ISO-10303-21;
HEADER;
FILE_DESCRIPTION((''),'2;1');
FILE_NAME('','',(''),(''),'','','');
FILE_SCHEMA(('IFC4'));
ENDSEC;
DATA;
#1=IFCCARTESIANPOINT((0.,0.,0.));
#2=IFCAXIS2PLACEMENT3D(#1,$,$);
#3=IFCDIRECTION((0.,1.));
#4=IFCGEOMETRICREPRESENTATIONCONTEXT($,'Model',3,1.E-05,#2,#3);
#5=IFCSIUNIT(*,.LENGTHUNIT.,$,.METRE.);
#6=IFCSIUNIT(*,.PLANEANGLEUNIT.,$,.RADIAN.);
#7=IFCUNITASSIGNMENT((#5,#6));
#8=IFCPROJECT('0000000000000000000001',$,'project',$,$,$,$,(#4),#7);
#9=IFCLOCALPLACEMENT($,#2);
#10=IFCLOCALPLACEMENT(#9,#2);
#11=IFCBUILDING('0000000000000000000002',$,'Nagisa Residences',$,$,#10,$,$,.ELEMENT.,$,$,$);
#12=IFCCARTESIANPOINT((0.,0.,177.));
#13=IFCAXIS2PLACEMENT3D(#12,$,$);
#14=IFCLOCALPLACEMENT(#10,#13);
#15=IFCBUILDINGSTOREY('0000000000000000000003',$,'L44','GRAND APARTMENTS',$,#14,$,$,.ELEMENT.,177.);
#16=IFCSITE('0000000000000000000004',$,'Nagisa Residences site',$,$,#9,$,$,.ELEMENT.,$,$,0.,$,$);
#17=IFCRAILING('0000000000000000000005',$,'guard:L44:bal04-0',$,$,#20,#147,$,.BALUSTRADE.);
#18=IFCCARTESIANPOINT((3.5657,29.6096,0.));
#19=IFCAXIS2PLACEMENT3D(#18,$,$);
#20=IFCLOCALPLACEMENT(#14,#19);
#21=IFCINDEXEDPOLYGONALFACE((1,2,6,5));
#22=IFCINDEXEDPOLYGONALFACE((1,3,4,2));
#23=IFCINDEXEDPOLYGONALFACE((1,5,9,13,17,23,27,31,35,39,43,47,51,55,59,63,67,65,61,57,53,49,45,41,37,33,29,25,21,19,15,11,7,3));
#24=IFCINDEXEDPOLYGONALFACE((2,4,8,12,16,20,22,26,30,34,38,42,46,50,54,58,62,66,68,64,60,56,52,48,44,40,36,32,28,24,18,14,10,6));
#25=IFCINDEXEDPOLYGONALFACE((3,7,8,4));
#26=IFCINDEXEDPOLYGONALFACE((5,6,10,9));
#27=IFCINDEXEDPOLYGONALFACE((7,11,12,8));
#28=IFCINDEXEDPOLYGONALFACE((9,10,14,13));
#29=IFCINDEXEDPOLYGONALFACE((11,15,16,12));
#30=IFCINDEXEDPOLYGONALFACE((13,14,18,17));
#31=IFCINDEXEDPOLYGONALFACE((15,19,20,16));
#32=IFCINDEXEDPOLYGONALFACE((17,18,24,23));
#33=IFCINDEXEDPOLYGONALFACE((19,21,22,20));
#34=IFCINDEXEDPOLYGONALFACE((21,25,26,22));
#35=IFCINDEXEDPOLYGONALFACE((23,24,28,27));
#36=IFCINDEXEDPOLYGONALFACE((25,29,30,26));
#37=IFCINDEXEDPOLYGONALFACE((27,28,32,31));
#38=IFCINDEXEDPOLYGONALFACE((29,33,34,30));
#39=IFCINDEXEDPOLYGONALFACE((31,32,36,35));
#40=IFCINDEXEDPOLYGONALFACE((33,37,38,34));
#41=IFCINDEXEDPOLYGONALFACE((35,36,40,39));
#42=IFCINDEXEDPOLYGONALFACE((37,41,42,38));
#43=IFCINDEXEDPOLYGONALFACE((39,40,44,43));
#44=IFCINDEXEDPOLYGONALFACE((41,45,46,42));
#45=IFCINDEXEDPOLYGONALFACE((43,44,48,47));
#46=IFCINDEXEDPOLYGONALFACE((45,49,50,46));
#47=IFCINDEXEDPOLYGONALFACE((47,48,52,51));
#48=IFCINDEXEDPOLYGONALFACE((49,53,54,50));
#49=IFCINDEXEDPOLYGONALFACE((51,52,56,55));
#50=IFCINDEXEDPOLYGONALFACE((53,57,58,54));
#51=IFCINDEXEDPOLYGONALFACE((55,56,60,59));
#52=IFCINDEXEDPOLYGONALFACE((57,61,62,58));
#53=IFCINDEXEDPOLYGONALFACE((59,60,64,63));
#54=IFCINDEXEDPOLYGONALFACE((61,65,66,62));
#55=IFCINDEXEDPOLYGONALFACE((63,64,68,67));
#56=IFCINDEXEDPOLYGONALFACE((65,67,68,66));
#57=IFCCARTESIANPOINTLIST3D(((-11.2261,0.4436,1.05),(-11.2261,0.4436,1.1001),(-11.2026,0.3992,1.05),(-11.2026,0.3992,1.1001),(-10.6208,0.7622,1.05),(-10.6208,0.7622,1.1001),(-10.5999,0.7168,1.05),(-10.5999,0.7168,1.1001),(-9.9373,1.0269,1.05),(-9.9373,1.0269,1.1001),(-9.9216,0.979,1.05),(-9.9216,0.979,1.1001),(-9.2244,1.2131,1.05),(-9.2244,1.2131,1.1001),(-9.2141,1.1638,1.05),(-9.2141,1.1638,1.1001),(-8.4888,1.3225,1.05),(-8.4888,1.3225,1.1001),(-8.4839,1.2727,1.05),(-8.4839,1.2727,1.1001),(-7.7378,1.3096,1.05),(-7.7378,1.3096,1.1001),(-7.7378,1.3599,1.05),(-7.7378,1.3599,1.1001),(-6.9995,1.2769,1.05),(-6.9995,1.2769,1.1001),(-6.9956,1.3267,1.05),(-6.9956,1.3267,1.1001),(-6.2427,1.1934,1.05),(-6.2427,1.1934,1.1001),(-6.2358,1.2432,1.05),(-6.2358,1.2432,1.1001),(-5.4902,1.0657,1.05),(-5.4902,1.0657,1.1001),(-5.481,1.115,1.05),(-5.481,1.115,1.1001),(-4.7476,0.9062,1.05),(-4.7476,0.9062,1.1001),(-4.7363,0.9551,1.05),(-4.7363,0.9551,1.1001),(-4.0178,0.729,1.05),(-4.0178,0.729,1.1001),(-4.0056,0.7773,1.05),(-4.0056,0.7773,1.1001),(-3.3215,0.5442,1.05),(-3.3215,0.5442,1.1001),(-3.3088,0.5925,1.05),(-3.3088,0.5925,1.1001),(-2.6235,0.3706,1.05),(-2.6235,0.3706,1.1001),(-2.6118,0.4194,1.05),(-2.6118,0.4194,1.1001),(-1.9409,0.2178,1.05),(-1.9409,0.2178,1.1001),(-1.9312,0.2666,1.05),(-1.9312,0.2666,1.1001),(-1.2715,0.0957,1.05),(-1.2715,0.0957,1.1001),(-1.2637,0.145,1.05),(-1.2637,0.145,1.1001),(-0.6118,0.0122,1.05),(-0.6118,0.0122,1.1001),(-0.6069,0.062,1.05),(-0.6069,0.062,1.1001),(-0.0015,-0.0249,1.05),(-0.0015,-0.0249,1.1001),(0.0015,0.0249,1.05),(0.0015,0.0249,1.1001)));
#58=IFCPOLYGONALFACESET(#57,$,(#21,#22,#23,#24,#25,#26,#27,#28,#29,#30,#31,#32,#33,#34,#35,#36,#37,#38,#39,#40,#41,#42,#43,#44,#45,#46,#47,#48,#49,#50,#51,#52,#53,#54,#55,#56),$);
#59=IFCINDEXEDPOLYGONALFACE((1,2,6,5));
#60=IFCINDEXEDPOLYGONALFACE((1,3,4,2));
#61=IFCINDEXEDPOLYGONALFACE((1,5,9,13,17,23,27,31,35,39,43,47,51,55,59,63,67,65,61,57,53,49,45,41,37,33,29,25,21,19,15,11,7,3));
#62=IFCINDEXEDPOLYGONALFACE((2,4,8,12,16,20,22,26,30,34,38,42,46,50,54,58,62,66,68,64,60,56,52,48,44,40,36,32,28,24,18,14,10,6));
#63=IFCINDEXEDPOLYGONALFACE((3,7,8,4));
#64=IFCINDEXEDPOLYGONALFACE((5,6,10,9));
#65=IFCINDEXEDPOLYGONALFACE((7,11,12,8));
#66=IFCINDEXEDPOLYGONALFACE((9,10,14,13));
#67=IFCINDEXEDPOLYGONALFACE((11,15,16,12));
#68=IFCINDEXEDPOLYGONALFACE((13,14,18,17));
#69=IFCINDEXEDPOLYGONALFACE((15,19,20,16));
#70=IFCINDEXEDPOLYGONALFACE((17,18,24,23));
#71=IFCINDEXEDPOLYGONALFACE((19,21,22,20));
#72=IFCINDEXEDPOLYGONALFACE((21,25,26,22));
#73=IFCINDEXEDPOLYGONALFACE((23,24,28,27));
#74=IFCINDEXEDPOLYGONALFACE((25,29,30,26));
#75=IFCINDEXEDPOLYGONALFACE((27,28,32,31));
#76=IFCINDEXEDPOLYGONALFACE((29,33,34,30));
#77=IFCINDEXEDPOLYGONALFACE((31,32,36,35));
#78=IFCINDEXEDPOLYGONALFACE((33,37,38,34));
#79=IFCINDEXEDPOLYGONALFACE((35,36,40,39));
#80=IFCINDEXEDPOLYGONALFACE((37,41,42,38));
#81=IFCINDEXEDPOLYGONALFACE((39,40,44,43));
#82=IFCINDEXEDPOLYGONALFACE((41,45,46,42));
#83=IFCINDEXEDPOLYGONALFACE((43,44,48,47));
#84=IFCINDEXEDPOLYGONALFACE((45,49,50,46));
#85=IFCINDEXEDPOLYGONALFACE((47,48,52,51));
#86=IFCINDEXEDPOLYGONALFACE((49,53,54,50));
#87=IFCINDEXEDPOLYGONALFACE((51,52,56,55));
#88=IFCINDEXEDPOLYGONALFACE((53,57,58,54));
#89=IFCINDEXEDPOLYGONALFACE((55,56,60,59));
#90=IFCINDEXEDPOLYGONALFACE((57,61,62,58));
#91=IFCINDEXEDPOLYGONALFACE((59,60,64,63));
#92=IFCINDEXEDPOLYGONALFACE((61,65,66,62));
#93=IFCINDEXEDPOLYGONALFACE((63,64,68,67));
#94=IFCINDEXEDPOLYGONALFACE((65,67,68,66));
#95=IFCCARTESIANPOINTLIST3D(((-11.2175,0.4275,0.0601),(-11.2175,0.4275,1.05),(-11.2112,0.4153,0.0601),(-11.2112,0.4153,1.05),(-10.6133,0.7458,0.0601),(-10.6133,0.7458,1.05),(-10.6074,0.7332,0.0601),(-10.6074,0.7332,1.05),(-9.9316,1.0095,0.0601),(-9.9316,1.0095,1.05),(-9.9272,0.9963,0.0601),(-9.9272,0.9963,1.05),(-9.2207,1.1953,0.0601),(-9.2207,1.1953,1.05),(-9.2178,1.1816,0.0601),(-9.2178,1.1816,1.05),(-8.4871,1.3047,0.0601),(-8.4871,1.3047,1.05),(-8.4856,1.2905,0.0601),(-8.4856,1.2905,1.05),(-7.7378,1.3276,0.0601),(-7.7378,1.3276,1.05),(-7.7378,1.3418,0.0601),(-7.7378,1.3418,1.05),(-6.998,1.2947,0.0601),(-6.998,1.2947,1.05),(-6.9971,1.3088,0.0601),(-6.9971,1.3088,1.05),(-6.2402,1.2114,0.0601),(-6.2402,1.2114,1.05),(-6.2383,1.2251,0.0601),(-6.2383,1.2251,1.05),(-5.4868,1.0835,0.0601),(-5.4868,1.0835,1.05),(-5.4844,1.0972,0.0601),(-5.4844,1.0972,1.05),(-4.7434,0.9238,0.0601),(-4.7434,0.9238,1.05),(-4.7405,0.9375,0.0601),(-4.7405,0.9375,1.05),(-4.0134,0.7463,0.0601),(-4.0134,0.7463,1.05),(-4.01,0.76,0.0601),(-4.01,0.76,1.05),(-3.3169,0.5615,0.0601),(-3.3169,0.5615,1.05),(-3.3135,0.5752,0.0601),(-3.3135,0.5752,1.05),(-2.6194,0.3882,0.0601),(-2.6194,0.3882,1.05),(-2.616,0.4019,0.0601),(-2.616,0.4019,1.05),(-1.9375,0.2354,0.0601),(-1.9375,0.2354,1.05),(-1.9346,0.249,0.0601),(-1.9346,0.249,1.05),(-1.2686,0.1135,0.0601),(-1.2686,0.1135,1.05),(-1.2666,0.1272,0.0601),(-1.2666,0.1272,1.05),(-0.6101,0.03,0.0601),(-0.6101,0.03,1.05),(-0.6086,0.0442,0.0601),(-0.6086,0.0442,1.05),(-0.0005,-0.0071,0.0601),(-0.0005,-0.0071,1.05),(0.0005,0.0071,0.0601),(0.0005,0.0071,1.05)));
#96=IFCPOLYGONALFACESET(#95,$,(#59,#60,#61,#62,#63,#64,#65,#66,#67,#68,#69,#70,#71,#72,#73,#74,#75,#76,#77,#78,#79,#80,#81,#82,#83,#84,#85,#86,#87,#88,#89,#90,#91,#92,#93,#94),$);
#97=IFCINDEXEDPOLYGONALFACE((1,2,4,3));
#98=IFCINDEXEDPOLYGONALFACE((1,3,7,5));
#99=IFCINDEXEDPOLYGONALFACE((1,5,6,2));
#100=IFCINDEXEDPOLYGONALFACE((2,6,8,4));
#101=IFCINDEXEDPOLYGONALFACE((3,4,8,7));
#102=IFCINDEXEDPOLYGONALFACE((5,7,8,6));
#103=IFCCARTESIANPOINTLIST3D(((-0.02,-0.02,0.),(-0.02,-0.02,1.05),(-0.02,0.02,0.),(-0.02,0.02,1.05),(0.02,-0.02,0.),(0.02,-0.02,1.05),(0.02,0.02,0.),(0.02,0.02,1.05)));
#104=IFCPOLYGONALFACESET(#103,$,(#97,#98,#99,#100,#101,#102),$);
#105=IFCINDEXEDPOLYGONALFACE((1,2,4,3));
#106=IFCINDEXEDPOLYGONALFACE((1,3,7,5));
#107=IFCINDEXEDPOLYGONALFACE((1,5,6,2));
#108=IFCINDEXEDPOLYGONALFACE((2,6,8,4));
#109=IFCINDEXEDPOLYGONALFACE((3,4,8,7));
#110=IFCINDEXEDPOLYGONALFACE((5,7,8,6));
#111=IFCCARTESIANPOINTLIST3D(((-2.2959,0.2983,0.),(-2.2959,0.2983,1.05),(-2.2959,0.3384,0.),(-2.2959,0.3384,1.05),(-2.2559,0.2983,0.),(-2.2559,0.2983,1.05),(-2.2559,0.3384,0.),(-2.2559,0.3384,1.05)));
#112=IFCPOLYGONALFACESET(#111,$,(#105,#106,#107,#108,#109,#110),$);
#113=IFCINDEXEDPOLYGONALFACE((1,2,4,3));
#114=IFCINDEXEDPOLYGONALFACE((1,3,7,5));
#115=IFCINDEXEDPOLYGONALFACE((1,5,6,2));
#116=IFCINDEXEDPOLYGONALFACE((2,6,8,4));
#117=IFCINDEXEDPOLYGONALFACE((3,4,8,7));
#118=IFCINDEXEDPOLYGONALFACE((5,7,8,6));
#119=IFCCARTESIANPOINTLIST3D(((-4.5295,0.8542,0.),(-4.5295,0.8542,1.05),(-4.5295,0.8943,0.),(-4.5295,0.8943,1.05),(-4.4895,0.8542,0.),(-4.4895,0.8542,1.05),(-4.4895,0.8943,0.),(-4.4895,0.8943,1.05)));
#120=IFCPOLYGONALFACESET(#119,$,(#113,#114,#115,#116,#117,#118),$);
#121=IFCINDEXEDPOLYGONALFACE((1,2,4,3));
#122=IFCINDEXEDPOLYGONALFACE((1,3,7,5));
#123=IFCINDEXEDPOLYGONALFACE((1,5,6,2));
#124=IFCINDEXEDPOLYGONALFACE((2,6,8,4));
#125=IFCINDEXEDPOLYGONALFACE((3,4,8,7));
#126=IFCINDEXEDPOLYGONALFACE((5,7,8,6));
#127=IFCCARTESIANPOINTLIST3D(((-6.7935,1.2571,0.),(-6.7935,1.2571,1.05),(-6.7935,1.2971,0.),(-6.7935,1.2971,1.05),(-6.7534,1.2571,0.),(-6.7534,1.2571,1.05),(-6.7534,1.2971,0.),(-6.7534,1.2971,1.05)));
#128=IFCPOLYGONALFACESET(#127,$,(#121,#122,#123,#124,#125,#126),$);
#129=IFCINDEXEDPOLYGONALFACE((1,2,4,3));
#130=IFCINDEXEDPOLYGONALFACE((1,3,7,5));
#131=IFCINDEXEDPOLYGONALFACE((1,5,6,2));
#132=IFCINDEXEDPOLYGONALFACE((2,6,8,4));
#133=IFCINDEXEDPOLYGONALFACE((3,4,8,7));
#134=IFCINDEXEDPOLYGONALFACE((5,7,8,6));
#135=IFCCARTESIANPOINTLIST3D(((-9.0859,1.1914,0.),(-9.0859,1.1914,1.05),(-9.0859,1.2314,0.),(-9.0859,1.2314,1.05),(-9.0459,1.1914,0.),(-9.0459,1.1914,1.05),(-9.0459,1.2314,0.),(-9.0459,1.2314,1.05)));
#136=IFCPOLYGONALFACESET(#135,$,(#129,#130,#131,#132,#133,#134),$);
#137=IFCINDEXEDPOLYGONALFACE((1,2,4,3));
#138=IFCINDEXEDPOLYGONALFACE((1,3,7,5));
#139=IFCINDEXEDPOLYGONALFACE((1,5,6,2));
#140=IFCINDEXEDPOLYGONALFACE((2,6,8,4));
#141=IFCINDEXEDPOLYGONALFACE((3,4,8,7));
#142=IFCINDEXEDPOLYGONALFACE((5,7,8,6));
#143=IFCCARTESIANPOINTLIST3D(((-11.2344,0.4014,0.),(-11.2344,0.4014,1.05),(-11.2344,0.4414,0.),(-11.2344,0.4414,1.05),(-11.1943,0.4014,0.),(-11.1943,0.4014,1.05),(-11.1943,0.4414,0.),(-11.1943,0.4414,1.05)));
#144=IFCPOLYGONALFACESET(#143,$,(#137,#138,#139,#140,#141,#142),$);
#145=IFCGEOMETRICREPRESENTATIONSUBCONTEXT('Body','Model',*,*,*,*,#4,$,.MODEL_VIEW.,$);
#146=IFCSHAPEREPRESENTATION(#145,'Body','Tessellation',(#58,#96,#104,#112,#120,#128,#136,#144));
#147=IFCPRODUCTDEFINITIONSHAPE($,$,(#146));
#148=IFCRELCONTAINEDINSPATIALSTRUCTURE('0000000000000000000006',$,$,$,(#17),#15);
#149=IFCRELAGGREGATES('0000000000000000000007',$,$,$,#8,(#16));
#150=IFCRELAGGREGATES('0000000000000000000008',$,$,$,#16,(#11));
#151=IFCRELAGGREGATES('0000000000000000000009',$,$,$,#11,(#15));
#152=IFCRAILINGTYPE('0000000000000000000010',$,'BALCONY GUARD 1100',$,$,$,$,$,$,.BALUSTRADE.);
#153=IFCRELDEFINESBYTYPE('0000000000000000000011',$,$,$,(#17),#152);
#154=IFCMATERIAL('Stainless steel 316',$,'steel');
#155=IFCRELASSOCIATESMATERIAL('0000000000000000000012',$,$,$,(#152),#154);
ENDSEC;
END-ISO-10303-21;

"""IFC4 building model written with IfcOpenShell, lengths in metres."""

from ifc_helpers import new_model, si_unit, direction, frame, origin, origin_2d, place, context, subcontext, project, spatial, polyline, rectangle, outline, extrude, material, type_object, element, save


model = new_model("IFC4")

# Units and contexts
model_context = context("Model", 3, precision=1e-05, world=origin(), true_north=direction((0.0, 1.0)))
body_context = subcontext(model_context, "Body", "Model", "MODEL_VIEW")
ifc_project = project(units=[si_unit("LENGTHUNIT", "METRE"), si_unit("PLANEANGLEUNIT", "RADIAN")], contexts=[model_context])

# Site, building, storey
site_placement = place(None, origin())
site = spatial("IfcSite", under=ifc_project, at=site_placement, Name="Nagisa Residences site", CompositionType="ELEMENT", RefElevation=0.0)
building_placement = place(site_placement, origin())
building = spatial("IfcBuilding", under=site, at=building_placement, Name="Nagisa Residences", CompositionType="ELEMENT")
storey_placement = place(building_placement, frame((0.0, 0.0, 177.0)))
storey = spatial("IfcBuildingStorey", under=building, at=storey_placement, Name="L44", Description="GRAND APARTMENTS", CompositionType="ELEMENT", Elevation=177.0)

# Railing
ifc_material_1 = material(Name="Stainless steel 316", Category="steel")
railing_type = type_object("IfcRailingType", Name="BALCONY GUARD 1100", PredefinedType="BALUSTRADE", material=ifc_material_1)
railing_placement = place(storey_placement, frame((3.5657, 29.6096, 0.0)))
element("IfcRailing", 1, at=railing_placement, inside=storey, type_object=railing_type, Name="guard:L44:bal04-0", PredefinedType="BALUSTRADE", context=body_context, shape_type="SweptSolid", body=[
    extrude(outline(polyline([(-0.6118, 0.0122), (-0.0015, -0.0249), (0.0015, 0.0249), (-0.6069, 0.062), (-1.2637, 0.145), (-1.9312, 0.2666), (-2.6118, 0.4194), (-3.3088, 0.5925), (-4.0056, 0.7773), (-4.7363, 0.9551), (-5.481, 1.115), (-6.2358, 1.2432), (-6.9956, 1.3267), (-7.7378, 1.3599), (-8.4888, 1.3225), (-9.2244, 1.2131), (-9.9373, 1.0269), (-10.6208, 0.7622), (-11.2261, 0.4436), (-11.2026, 0.3992), (-10.5999, 0.7168), (-9.9216, 0.979), (-9.2141, 1.1638), (-8.4839, 1.2727), (-7.7378, 1.3096), (-6.9995, 1.2769), (-6.2427, 1.1934), (-5.4902, 1.0657), (-4.7476, 0.9062), (-4.0178, 0.729), (-3.3215, 0.5442), (-2.6235, 0.3706), (-1.9409, 0.2178), (-1.2715, 0.0957), (-0.6118, 0.0122)])), frame((0.0, 0.0, 1.05)), (0.0, 0.0, 1.0), 0.05),
    extrude(outline(polyline([(-0.6101, 0.03), (-0.0005, -0.0071), (0.0005, 0.0071), (-0.6086, 0.0442), (-1.2666, 0.1272), (-1.9346, 0.249), (-2.616, 0.4019), (-3.3135, 0.5752), (-4.01, 0.76), (-4.7405, 0.9375), (-5.4844, 1.0972), (-6.2383, 1.2251), (-6.9971, 1.3088), (-7.7378, 1.3418), (-8.4871, 1.3047), (-9.2207, 1.1953), (-9.9316, 1.0095), (-10.6133, 0.7458), (-11.2175, 0.4275), (-11.2112, 0.4153), (-10.6074, 0.7332), (-9.9272, 0.9963), (-9.2178, 1.1816), (-8.4856, 1.2905), (-7.7378, 1.3276), (-6.998, 1.2947), (-6.2402, 1.2114), (-5.4868, 1.0835), (-4.7434, 0.9238), (-4.0134, 0.7463), (-3.3169, 0.5615), (-2.6194, 0.3882), (-1.9375, 0.2354), (-1.2686, 0.1135), (-0.6101, 0.03)])), frame((0.0, 0.0, 0.0601)), (0.0, 0.0, 1.0), 0.99),
    extrude(rectangle(XDim=0.04, YDim=0.04, at=origin_2d()), origin(), (0.0, 0.0, 1.0), 1.05),
    extrude(rectangle(XDim=0.04, YDim=0.04, at=origin_2d()), frame((-2.2759, 0.3184, 0.0)), (0.0, 0.0, 1.0), 1.05),
    extrude(rectangle(XDim=0.04, YDim=0.04, at=origin_2d()), frame((-4.5095, 0.8743, 0.0)), (0.0, 0.0, 1.0), 1.05),
    extrude(rectangle(XDim=0.04, YDim=0.04, at=origin_2d()), frame((-6.7734, 1.2771, 0.0)), (0.0, 0.0, 1.0), 1.05),
    extrude(rectangle(XDim=0.04, YDim=0.04, at=origin_2d()), frame((-9.0659, 1.2114, 0.0)), (0.0, 0.0, 1.0), 1.05),
    extrude(rectangle(XDim=0.04, YDim=0.04, at=origin_2d()), frame((-11.2144, 0.4214, 0.0)), (0.0, 0.0, 1.0), 1.05),
])

save(model, "model.ifc")
